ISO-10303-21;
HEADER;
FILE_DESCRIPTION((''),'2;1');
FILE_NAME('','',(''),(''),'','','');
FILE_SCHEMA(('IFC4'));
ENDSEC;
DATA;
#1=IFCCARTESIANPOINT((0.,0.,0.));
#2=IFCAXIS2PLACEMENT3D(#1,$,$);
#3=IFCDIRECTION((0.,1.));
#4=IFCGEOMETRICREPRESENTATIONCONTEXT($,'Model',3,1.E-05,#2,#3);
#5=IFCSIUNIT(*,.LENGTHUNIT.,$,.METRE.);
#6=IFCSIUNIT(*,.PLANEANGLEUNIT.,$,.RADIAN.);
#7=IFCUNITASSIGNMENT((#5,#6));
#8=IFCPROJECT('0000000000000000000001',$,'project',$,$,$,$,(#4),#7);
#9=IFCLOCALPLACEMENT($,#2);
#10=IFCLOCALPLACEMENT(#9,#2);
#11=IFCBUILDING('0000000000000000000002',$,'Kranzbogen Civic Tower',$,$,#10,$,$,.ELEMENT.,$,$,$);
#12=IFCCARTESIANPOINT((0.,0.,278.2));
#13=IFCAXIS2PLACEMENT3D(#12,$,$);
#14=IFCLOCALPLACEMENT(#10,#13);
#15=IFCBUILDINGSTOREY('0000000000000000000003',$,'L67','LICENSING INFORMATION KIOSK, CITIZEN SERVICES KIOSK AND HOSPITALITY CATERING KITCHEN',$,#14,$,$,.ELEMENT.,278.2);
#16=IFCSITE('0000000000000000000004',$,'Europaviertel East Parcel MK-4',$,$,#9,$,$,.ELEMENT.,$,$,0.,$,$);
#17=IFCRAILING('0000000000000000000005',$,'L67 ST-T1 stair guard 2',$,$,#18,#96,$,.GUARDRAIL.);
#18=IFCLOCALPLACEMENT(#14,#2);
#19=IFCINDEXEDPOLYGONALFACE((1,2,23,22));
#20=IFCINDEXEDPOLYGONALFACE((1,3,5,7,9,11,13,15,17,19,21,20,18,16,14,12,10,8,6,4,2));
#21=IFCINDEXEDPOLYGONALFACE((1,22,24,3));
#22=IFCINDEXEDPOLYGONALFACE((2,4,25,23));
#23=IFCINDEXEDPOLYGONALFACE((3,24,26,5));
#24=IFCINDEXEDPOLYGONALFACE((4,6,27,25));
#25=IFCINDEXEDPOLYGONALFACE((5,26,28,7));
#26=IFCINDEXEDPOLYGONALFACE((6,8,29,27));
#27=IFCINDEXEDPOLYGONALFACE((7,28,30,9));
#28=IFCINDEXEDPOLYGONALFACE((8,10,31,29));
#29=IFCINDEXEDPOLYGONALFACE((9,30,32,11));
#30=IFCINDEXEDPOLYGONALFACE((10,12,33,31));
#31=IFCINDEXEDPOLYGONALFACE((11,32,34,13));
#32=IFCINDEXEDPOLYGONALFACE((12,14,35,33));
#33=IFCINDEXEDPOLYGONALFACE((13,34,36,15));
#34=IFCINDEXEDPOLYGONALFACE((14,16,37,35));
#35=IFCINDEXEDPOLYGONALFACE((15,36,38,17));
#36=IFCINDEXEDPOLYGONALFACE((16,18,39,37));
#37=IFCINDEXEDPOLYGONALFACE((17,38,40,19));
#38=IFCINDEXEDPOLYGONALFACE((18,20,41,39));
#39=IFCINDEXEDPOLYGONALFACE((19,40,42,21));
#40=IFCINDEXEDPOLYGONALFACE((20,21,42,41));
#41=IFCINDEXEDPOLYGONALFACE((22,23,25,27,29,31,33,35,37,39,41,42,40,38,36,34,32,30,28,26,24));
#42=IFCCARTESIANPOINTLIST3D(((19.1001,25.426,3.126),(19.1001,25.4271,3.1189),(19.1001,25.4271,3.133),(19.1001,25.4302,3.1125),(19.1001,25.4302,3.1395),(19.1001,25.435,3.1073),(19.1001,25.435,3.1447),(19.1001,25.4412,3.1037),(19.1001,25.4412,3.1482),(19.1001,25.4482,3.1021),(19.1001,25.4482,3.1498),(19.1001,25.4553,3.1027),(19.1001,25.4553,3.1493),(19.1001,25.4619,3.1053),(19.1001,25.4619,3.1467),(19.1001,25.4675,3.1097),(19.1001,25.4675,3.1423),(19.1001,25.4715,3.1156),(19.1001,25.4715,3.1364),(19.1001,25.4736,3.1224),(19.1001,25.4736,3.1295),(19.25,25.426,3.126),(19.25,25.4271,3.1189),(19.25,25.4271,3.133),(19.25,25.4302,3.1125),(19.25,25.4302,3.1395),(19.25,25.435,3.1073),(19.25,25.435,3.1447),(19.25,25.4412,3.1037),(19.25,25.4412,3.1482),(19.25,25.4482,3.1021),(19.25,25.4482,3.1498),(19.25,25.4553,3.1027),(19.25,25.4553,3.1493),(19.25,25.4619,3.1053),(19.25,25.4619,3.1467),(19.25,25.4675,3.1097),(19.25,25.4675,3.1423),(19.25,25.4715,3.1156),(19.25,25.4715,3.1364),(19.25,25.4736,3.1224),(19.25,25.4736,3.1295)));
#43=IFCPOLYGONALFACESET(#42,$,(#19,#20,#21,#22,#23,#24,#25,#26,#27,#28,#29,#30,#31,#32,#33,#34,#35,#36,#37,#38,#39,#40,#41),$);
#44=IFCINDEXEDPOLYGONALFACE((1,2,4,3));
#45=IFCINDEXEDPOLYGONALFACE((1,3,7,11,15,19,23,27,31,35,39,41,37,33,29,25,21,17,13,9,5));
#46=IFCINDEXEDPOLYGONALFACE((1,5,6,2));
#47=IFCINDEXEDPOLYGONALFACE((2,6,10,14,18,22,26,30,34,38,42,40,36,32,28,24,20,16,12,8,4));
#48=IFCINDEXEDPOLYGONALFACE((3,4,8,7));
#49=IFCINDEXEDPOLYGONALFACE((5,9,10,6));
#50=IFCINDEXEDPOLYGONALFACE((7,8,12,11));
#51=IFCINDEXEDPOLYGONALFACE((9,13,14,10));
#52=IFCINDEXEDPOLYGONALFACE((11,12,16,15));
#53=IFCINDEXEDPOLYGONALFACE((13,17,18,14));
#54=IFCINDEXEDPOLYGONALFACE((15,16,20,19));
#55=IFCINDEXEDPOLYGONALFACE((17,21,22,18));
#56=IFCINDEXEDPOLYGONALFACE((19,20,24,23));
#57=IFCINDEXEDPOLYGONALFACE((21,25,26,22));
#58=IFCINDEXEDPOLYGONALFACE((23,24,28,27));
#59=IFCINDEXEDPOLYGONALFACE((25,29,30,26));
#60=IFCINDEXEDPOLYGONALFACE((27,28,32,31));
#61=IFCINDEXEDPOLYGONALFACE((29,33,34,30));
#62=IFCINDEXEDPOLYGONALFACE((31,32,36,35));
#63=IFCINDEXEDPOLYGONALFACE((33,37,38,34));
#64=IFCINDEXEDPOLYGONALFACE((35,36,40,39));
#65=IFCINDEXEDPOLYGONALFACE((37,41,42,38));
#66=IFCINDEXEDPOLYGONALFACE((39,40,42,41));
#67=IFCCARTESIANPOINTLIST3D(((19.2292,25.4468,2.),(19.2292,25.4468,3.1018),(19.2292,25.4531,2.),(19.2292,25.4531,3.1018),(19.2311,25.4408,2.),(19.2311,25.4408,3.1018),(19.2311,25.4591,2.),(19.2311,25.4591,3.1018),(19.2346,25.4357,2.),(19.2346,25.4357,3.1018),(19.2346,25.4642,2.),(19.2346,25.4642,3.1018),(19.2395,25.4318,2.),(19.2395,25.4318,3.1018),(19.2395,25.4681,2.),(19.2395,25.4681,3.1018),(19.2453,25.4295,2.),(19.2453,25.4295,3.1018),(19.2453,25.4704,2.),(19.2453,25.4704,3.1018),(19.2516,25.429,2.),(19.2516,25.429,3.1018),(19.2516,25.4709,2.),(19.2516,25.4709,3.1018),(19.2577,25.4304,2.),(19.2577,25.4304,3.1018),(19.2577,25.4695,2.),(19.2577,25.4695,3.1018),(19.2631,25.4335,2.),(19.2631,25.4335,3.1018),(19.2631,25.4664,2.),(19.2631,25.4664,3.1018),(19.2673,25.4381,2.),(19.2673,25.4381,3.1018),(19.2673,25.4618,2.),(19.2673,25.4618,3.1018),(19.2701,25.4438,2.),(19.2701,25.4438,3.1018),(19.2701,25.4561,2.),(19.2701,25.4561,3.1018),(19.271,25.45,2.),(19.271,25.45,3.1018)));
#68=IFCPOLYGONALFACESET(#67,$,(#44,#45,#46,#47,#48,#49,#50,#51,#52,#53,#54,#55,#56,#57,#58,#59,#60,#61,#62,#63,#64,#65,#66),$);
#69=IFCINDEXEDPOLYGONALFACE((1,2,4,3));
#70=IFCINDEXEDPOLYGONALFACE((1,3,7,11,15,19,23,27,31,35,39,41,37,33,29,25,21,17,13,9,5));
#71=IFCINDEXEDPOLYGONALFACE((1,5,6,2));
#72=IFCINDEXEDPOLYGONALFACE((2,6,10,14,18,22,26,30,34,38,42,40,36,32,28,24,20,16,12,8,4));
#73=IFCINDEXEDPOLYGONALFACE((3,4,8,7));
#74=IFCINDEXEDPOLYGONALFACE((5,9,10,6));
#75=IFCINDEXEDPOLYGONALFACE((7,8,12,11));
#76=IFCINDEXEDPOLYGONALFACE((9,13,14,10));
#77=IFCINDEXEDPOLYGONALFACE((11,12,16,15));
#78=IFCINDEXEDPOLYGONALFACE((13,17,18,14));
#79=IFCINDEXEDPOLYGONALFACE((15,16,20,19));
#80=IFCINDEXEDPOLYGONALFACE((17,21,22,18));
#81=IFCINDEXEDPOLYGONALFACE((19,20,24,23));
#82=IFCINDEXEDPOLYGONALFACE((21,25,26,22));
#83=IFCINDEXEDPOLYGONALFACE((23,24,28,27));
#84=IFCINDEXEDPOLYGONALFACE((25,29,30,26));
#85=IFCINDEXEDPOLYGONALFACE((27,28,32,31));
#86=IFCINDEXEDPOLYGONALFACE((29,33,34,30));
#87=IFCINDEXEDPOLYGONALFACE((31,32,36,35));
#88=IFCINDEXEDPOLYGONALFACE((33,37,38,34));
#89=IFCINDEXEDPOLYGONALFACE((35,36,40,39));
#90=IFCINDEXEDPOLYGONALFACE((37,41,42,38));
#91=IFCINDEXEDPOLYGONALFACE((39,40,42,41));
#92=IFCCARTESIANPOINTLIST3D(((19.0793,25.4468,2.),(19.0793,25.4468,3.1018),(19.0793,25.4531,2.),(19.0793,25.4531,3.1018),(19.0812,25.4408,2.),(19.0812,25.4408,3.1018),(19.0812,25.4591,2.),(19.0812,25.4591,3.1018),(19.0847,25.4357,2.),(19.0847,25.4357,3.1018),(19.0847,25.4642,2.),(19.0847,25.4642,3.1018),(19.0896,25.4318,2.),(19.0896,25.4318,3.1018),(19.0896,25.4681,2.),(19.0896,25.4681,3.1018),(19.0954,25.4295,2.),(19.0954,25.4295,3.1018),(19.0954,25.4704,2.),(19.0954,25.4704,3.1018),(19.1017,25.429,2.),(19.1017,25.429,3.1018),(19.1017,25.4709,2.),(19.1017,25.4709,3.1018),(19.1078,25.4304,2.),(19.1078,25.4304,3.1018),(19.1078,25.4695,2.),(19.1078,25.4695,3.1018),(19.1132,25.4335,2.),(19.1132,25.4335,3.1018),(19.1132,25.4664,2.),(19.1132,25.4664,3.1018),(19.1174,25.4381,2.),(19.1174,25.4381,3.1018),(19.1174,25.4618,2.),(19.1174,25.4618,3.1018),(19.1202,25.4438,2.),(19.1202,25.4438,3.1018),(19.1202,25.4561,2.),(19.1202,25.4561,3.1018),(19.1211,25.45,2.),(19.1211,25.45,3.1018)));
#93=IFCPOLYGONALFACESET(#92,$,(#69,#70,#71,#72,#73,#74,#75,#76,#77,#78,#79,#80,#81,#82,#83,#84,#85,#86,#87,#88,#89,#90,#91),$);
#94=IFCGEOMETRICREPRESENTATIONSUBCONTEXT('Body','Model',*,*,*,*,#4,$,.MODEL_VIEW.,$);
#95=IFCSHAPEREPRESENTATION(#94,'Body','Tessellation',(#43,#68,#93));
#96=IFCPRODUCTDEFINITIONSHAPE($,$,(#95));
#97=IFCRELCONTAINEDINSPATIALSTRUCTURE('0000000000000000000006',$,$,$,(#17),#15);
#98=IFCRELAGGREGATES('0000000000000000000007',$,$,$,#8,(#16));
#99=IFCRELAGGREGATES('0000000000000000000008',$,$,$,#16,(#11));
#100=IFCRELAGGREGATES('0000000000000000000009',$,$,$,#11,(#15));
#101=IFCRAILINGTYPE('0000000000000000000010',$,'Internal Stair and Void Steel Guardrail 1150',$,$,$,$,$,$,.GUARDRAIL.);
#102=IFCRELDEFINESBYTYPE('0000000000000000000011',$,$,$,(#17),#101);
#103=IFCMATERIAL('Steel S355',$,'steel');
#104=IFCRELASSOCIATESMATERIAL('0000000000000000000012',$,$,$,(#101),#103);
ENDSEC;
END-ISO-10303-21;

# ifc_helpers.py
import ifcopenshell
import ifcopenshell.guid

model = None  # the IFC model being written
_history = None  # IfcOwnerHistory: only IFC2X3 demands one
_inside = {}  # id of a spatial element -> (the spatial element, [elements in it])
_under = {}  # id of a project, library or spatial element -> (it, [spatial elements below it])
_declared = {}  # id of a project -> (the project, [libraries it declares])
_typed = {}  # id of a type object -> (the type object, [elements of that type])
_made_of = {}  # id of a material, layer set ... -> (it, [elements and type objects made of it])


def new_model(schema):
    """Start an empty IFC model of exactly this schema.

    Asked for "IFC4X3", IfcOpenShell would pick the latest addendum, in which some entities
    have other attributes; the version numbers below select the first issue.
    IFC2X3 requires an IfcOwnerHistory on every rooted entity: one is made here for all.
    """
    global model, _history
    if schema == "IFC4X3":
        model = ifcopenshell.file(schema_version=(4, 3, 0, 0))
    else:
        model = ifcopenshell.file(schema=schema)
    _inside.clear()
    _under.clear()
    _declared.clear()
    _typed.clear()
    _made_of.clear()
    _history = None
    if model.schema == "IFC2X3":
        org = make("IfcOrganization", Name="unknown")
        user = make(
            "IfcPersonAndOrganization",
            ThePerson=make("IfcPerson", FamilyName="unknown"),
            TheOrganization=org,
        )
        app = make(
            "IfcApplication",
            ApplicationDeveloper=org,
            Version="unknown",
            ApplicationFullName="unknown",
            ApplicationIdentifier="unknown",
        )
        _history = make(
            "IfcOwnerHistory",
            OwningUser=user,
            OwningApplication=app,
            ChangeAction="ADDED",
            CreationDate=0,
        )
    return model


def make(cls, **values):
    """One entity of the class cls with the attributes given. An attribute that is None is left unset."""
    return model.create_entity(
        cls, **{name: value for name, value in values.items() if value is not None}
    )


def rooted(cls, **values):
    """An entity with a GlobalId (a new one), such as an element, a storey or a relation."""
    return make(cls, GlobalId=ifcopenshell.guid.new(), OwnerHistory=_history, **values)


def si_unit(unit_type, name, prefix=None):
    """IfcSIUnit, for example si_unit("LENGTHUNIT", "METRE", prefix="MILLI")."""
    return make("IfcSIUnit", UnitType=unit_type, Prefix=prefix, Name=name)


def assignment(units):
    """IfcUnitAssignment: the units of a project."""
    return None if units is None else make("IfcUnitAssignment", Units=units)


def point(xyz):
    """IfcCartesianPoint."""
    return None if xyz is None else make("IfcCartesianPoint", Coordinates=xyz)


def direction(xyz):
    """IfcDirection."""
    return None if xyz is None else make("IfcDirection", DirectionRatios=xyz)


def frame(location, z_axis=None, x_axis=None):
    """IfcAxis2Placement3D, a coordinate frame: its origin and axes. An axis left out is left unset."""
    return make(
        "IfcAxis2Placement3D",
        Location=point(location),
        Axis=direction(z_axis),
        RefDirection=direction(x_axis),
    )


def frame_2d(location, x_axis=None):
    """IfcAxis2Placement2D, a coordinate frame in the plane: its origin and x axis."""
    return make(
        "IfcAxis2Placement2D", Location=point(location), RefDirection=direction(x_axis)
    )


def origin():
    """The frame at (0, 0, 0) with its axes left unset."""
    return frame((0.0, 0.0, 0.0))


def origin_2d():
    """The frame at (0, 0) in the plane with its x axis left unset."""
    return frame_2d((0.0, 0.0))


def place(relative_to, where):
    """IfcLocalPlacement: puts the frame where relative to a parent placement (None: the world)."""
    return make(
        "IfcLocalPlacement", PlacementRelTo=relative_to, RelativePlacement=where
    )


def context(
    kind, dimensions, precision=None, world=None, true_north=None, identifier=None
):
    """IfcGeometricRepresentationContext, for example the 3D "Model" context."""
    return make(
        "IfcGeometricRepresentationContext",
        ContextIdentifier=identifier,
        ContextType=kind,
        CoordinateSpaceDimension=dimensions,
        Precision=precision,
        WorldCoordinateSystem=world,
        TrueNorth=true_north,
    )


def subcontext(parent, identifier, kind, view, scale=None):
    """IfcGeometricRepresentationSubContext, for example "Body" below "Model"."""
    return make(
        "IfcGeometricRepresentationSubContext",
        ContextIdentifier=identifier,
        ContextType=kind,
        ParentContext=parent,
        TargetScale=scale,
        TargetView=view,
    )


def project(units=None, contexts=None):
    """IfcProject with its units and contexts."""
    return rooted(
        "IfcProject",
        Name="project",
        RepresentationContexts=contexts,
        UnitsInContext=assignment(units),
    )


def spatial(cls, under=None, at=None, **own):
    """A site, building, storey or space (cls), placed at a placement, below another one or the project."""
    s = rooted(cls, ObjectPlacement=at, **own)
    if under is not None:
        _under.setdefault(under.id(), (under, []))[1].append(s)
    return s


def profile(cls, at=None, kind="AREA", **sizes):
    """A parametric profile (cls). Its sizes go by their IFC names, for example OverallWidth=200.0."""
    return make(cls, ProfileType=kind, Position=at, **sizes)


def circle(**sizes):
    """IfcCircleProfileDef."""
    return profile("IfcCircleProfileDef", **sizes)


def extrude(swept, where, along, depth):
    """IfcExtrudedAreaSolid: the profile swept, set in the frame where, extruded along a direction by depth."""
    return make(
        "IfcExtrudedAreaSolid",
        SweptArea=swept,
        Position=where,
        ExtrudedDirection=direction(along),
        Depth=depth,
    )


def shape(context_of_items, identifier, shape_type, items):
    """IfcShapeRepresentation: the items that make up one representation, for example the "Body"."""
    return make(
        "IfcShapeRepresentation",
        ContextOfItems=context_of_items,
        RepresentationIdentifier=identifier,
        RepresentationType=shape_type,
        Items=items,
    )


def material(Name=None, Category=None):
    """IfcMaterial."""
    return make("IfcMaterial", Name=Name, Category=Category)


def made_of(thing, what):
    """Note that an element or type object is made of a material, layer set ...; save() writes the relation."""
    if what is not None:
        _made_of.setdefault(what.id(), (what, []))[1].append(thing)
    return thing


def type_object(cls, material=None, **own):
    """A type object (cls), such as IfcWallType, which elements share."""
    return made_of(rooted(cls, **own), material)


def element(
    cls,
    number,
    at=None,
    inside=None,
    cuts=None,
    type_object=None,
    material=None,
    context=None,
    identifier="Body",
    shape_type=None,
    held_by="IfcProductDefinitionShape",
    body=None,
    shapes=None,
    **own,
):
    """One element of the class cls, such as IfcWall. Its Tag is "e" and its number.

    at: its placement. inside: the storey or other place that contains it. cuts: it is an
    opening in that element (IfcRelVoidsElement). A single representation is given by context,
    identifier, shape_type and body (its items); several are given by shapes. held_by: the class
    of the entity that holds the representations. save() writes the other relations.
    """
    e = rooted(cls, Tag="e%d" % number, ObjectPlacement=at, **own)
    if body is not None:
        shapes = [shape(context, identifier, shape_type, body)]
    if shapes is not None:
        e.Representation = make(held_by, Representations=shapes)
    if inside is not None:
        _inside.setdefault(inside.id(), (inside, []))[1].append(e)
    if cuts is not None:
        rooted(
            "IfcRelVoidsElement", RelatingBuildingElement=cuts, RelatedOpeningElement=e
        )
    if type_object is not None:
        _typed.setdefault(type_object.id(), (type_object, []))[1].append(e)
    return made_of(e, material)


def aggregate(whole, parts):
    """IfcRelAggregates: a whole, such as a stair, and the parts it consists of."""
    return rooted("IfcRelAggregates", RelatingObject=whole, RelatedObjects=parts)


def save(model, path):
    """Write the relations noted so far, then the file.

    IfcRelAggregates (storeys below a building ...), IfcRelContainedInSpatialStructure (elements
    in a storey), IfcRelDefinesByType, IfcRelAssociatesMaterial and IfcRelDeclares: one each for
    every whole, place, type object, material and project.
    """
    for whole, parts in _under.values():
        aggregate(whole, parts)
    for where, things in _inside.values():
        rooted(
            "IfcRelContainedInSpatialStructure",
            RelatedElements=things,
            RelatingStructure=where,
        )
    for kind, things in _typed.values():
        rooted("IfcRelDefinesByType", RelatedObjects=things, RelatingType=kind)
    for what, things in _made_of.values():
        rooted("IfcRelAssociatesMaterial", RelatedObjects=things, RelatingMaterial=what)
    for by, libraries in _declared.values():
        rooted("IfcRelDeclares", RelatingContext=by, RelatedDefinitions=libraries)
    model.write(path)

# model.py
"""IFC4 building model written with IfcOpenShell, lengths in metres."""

from ifc_helpers import new_model, si_unit, direction, frame, origin, origin_2d, place, context, subcontext, project, spatial, circle, extrude, material, type_object, element, save


model = new_model("IFC4")

# Units and contexts
model_context = context("Model", 3, precision=1e-05, world=origin(), true_north=direction((0.0, 1.0)))
body_context = subcontext(model_context, "Body", "Model", "MODEL_VIEW")
ifc_project = project(units=[si_unit("LENGTHUNIT", "METRE"), si_unit("PLANEANGLEUNIT", "RADIAN")], contexts=[model_context])

# Site, building, storey
site_placement = place(None, origin())
site = spatial("IfcSite", under=ifc_project, at=site_placement, Name="Europaviertel East Parcel MK-4", CompositionType="ELEMENT", RefElevation=0.0)
building_placement = place(site_placement, origin())
building = spatial("IfcBuilding", under=site, at=building_placement, Name="Kranzbogen Civic Tower", CompositionType="ELEMENT")
storey_placement = place(building_placement, frame((0.0, 0.0, 278.2)))
storey = spatial("IfcBuildingStorey", under=building, at=storey_placement, Name="L67", Description="LICENSING INFORMATION KIOSK, CITIZEN SERVICES KIOSK AND HOSPITALITY CATERING KITCHEN", CompositionType="ELEMENT", Elevation=278.2)

# Shared definitions
ifc_material_1 = material(Name="Steel S355", Category="steel")

# Railing
railing_type_1 = type_object("IfcRailingType", Name="Internal Stair and Void Steel Guardrail 1150", PredefinedType="GUARDRAIL", material=ifc_material_1)
railing_1_placement = place(storey_placement, frame((19.25, 25.45, 2.0)))
element("IfcRailing", 1, at=railing_1_placement, inside=storey, type_object=railing_type_1, Name="L67 ST-T1 stair guard 2", PredefinedType="GUARDRAIL", context=body_context, shape_type="SweptSolid", body=[
    extrude(circle(Radius=0.0239, at=origin_2d()), frame((0.0, 0.0, 1.126), z_axis=(-1.0, 0.0, 0.0), x_axis=(0.0, -1.0, 0.0)), (0.0, 0.0, 1.0), 0.1499),
    extrude(circle(Radius=0.021, at=origin_2d()), origin(), (0.0, 0.0, 1.0), 1.1018),
    extrude(circle(Radius=0.021, at=origin_2d()), frame((-0.1499, 0.0, 0.0)), (0.0, 0.0, 1.0), 1.1018),
])

save(model, "model.ifc")
